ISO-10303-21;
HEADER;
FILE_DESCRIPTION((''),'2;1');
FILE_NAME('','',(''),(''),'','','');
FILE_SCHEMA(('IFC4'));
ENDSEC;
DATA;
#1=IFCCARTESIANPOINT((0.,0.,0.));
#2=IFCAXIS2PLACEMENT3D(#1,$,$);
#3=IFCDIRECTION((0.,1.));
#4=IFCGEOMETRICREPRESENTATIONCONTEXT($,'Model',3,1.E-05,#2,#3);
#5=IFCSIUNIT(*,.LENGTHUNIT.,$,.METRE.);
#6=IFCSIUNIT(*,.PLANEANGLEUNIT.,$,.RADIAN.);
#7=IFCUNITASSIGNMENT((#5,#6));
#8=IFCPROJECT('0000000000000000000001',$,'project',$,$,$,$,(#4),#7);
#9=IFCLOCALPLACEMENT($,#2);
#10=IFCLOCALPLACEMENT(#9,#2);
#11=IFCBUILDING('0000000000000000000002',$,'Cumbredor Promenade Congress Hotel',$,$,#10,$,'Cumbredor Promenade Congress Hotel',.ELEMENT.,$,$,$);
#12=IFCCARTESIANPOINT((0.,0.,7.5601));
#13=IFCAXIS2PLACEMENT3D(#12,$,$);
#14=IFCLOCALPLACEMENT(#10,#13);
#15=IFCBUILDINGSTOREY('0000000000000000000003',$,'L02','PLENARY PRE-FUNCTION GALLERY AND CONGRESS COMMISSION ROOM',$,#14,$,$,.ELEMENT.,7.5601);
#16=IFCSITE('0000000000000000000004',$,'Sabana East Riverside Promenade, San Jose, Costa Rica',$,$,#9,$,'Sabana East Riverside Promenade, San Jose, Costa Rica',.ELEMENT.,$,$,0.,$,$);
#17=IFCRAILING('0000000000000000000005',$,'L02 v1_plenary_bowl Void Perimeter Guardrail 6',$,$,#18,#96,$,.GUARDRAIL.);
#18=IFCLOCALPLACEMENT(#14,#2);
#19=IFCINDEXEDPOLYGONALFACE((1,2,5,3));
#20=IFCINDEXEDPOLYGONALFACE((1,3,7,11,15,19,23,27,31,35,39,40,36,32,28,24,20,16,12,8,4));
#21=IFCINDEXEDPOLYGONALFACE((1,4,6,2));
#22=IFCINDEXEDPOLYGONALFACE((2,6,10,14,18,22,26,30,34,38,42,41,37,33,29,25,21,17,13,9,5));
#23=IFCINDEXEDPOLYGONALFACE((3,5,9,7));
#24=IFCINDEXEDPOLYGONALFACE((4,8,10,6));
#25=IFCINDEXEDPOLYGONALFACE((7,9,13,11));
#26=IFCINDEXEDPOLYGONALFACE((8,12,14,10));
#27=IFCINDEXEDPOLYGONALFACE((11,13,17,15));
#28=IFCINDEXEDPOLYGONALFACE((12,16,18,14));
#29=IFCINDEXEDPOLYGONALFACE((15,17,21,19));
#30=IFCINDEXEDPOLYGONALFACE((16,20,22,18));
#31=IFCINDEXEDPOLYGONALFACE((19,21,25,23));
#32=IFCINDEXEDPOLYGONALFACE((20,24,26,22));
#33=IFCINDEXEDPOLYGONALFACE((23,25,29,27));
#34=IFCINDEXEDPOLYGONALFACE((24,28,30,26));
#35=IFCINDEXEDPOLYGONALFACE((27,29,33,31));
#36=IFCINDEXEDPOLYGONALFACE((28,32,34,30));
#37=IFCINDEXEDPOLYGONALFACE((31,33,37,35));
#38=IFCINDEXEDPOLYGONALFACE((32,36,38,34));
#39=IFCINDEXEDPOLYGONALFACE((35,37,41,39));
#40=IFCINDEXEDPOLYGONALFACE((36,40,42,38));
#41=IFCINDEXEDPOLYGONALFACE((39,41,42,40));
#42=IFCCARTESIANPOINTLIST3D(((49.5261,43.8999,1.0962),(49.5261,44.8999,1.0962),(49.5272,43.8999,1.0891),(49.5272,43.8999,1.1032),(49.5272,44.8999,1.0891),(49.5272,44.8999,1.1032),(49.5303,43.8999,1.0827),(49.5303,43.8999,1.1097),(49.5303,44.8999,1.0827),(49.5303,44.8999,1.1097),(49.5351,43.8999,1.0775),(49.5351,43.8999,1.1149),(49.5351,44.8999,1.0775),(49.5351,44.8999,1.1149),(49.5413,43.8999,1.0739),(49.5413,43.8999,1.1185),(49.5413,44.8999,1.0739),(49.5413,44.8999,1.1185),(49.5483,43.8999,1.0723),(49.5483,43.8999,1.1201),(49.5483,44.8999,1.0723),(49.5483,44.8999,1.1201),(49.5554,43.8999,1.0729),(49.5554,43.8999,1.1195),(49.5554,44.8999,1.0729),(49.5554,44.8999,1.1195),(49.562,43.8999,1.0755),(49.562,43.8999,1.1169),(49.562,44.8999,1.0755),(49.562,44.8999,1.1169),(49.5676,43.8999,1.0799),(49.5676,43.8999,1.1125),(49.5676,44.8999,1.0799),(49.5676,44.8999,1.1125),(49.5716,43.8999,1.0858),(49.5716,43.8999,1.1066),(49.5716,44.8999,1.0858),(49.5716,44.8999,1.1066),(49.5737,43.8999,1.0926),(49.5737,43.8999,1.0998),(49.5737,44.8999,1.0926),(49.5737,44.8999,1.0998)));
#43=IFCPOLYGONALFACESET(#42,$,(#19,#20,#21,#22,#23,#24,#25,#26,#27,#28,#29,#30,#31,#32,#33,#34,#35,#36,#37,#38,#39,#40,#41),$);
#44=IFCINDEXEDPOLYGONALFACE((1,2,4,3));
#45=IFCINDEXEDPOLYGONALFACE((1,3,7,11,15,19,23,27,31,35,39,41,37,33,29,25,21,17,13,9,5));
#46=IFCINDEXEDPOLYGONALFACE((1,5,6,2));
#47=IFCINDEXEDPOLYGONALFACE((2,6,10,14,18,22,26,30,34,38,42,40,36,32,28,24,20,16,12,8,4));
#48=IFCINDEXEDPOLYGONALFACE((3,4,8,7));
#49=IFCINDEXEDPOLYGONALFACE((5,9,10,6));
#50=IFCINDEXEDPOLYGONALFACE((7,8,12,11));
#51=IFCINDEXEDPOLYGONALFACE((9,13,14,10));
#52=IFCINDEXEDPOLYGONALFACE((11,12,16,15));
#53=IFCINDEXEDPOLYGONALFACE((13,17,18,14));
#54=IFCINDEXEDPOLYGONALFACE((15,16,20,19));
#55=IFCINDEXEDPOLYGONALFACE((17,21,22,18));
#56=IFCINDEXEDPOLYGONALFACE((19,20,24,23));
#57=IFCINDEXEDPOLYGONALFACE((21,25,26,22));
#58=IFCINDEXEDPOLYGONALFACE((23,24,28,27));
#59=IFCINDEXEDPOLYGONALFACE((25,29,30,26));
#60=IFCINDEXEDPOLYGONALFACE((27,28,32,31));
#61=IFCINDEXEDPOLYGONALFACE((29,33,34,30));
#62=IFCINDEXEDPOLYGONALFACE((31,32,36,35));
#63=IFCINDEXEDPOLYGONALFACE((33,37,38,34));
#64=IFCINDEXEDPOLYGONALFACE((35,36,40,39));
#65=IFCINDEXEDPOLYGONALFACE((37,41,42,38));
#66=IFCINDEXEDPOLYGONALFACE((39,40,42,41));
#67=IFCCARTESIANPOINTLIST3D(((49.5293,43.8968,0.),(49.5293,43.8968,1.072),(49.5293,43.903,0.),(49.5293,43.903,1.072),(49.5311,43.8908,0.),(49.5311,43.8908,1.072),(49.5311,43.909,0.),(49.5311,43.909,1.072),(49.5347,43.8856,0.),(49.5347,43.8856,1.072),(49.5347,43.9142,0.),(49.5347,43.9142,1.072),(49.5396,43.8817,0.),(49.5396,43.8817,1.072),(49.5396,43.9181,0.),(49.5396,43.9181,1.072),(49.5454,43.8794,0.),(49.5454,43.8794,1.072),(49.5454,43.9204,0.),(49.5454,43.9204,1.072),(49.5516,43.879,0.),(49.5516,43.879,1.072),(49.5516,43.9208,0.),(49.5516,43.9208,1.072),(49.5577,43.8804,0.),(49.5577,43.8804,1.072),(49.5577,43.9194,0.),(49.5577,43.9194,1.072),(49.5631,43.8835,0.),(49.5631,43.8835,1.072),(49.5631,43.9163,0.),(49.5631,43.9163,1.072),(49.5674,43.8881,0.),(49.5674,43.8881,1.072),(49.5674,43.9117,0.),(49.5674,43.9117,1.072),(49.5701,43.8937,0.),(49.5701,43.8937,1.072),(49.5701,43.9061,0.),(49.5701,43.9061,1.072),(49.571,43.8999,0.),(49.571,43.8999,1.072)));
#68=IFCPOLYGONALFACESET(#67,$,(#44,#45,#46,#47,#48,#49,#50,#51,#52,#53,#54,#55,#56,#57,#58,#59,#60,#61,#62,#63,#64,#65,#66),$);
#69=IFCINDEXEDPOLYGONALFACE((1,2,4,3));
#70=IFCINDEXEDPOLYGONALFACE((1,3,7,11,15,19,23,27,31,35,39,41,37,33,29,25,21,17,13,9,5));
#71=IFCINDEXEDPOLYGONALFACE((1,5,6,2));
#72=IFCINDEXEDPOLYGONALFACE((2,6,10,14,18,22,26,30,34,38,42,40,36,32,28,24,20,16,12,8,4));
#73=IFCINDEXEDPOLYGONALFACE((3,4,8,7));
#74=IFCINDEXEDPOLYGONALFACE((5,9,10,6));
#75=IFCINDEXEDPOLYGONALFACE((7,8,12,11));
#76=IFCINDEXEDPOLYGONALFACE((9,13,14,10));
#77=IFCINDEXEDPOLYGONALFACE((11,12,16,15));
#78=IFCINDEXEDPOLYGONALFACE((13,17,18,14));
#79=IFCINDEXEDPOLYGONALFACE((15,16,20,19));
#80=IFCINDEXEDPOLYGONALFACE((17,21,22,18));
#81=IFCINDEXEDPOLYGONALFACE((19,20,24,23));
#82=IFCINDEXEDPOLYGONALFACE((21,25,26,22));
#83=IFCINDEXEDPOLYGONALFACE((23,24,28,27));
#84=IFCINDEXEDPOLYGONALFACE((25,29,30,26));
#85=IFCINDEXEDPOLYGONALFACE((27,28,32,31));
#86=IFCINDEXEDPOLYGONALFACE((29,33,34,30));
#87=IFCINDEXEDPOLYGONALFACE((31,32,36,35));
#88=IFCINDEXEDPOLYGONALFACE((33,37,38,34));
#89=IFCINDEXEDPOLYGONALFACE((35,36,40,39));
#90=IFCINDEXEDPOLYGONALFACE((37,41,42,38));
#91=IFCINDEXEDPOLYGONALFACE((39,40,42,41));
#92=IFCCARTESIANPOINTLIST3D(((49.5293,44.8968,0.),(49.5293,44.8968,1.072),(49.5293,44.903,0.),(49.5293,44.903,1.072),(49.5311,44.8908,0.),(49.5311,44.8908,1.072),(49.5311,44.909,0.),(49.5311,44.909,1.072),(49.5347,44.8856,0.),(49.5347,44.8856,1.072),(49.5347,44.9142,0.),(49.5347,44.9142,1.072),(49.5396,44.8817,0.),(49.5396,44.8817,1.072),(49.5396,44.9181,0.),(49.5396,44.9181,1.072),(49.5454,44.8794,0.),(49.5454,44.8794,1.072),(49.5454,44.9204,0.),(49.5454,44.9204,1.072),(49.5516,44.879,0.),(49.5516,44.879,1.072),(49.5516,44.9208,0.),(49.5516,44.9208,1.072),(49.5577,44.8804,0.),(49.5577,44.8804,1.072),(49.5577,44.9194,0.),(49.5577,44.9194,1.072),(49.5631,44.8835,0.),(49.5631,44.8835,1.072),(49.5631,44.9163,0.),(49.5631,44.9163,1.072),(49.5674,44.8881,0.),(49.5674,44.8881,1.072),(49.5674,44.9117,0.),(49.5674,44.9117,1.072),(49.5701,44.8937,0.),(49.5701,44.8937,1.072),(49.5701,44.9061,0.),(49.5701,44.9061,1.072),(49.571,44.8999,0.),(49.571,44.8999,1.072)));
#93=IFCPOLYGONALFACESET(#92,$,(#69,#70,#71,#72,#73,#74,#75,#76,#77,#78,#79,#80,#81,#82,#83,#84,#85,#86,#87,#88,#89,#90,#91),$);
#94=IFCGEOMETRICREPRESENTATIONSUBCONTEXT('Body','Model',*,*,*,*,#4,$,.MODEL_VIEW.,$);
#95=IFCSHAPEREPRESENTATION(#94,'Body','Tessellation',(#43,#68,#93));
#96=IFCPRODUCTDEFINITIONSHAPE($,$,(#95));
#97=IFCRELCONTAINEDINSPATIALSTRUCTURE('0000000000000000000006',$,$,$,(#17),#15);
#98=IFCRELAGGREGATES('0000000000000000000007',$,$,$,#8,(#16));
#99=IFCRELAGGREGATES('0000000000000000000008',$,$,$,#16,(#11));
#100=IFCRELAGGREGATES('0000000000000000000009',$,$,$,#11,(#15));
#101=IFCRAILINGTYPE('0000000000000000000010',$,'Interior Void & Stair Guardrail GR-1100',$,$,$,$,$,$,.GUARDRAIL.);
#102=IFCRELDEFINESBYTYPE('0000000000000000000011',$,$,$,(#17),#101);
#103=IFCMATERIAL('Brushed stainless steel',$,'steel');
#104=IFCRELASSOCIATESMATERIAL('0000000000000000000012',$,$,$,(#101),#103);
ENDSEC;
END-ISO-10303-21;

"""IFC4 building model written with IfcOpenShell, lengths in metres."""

from ifc_helpers import new_model, si_unit, direction, frame, origin, origin_2d, place, context, subcontext, project, spatial, circle, extrude, material, type_object, element, save


model = new_model("IFC4")

# Units and contexts
model_context = context("Model", 3, precision=1e-05, world=origin(), true_north=direction((0.0, 1.0)))
body_context = subcontext(model_context, "Body", "Model", "MODEL_VIEW")
ifc_project = project(units=[si_unit("LENGTHUNIT", "METRE"), si_unit("PLANEANGLEUNIT", "RADIAN")], contexts=[model_context])

# Site, building, storey
site_placement = place(None, origin())
site = spatial("IfcSite", under=ifc_project, at=site_placement, Name="Sabana East Riverside Promenade, San Jose, Costa Rica", LongName="Sabana East Riverside Promenade, San Jose, Costa Rica", CompositionType="ELEMENT", RefElevation=0.0)
building_placement = place(site_placement, origin())
building = spatial("IfcBuilding", under=site, at=building_placement, Name="Cumbredor Promenade Congress Hotel", LongName="Cumbredor Promenade Congress Hotel", CompositionType="ELEMENT")
storey_placement = place(building_placement, frame((0.0, 0.0, 7.5601)))
storey = spatial("IfcBuildingStorey", under=building, at=storey_placement, Name="L02", Description="PLENARY PRE-FUNCTION GALLERY AND CONGRESS COMMISSION ROOM", CompositionType="ELEMENT", Elevation=7.5601)

# Railing
ifc_material_1 = material(Name="Brushed stainless steel", Category="steel")
railing_type_1 = type_object("IfcRailingType", Name="Interior Void & Stair Guardrail GR-1100", PredefinedType="GUARDRAIL", material=ifc_material_1)
for number, where, name in (
    (1, (49.55, 43.8999, 0.0), "L02 v1_plenary_bowl Void Perimeter Guardrail 6"),
):
    element("IfcRailing", number, at=place(storey_placement, frame(where)), inside=storey, type_object=railing_type_1, Name=name, PredefinedType="GUARDRAIL", context=body_context, shape_type="SweptSolid", body=[
        extrude(circle(Radius=0.0239, at=origin_2d()), frame((0.0, 0.0, 1.0962), z_axis=(0.0, 1.0, 0.0), x_axis=(-1.0, 0.0, 0.0)), (0.0, 0.0, 1.0), 1.0),
        extrude(circle(Radius=0.021, at=origin_2d()), origin(), (0.0, 0.0, 1.0), 1.072),
        extrude(circle(Radius=0.021, at=origin_2d()), frame((0.0, 1.0, 0.0)), (0.0, 0.0, 1.0), 1.072),
    ])

save(model, "model.ifc")
